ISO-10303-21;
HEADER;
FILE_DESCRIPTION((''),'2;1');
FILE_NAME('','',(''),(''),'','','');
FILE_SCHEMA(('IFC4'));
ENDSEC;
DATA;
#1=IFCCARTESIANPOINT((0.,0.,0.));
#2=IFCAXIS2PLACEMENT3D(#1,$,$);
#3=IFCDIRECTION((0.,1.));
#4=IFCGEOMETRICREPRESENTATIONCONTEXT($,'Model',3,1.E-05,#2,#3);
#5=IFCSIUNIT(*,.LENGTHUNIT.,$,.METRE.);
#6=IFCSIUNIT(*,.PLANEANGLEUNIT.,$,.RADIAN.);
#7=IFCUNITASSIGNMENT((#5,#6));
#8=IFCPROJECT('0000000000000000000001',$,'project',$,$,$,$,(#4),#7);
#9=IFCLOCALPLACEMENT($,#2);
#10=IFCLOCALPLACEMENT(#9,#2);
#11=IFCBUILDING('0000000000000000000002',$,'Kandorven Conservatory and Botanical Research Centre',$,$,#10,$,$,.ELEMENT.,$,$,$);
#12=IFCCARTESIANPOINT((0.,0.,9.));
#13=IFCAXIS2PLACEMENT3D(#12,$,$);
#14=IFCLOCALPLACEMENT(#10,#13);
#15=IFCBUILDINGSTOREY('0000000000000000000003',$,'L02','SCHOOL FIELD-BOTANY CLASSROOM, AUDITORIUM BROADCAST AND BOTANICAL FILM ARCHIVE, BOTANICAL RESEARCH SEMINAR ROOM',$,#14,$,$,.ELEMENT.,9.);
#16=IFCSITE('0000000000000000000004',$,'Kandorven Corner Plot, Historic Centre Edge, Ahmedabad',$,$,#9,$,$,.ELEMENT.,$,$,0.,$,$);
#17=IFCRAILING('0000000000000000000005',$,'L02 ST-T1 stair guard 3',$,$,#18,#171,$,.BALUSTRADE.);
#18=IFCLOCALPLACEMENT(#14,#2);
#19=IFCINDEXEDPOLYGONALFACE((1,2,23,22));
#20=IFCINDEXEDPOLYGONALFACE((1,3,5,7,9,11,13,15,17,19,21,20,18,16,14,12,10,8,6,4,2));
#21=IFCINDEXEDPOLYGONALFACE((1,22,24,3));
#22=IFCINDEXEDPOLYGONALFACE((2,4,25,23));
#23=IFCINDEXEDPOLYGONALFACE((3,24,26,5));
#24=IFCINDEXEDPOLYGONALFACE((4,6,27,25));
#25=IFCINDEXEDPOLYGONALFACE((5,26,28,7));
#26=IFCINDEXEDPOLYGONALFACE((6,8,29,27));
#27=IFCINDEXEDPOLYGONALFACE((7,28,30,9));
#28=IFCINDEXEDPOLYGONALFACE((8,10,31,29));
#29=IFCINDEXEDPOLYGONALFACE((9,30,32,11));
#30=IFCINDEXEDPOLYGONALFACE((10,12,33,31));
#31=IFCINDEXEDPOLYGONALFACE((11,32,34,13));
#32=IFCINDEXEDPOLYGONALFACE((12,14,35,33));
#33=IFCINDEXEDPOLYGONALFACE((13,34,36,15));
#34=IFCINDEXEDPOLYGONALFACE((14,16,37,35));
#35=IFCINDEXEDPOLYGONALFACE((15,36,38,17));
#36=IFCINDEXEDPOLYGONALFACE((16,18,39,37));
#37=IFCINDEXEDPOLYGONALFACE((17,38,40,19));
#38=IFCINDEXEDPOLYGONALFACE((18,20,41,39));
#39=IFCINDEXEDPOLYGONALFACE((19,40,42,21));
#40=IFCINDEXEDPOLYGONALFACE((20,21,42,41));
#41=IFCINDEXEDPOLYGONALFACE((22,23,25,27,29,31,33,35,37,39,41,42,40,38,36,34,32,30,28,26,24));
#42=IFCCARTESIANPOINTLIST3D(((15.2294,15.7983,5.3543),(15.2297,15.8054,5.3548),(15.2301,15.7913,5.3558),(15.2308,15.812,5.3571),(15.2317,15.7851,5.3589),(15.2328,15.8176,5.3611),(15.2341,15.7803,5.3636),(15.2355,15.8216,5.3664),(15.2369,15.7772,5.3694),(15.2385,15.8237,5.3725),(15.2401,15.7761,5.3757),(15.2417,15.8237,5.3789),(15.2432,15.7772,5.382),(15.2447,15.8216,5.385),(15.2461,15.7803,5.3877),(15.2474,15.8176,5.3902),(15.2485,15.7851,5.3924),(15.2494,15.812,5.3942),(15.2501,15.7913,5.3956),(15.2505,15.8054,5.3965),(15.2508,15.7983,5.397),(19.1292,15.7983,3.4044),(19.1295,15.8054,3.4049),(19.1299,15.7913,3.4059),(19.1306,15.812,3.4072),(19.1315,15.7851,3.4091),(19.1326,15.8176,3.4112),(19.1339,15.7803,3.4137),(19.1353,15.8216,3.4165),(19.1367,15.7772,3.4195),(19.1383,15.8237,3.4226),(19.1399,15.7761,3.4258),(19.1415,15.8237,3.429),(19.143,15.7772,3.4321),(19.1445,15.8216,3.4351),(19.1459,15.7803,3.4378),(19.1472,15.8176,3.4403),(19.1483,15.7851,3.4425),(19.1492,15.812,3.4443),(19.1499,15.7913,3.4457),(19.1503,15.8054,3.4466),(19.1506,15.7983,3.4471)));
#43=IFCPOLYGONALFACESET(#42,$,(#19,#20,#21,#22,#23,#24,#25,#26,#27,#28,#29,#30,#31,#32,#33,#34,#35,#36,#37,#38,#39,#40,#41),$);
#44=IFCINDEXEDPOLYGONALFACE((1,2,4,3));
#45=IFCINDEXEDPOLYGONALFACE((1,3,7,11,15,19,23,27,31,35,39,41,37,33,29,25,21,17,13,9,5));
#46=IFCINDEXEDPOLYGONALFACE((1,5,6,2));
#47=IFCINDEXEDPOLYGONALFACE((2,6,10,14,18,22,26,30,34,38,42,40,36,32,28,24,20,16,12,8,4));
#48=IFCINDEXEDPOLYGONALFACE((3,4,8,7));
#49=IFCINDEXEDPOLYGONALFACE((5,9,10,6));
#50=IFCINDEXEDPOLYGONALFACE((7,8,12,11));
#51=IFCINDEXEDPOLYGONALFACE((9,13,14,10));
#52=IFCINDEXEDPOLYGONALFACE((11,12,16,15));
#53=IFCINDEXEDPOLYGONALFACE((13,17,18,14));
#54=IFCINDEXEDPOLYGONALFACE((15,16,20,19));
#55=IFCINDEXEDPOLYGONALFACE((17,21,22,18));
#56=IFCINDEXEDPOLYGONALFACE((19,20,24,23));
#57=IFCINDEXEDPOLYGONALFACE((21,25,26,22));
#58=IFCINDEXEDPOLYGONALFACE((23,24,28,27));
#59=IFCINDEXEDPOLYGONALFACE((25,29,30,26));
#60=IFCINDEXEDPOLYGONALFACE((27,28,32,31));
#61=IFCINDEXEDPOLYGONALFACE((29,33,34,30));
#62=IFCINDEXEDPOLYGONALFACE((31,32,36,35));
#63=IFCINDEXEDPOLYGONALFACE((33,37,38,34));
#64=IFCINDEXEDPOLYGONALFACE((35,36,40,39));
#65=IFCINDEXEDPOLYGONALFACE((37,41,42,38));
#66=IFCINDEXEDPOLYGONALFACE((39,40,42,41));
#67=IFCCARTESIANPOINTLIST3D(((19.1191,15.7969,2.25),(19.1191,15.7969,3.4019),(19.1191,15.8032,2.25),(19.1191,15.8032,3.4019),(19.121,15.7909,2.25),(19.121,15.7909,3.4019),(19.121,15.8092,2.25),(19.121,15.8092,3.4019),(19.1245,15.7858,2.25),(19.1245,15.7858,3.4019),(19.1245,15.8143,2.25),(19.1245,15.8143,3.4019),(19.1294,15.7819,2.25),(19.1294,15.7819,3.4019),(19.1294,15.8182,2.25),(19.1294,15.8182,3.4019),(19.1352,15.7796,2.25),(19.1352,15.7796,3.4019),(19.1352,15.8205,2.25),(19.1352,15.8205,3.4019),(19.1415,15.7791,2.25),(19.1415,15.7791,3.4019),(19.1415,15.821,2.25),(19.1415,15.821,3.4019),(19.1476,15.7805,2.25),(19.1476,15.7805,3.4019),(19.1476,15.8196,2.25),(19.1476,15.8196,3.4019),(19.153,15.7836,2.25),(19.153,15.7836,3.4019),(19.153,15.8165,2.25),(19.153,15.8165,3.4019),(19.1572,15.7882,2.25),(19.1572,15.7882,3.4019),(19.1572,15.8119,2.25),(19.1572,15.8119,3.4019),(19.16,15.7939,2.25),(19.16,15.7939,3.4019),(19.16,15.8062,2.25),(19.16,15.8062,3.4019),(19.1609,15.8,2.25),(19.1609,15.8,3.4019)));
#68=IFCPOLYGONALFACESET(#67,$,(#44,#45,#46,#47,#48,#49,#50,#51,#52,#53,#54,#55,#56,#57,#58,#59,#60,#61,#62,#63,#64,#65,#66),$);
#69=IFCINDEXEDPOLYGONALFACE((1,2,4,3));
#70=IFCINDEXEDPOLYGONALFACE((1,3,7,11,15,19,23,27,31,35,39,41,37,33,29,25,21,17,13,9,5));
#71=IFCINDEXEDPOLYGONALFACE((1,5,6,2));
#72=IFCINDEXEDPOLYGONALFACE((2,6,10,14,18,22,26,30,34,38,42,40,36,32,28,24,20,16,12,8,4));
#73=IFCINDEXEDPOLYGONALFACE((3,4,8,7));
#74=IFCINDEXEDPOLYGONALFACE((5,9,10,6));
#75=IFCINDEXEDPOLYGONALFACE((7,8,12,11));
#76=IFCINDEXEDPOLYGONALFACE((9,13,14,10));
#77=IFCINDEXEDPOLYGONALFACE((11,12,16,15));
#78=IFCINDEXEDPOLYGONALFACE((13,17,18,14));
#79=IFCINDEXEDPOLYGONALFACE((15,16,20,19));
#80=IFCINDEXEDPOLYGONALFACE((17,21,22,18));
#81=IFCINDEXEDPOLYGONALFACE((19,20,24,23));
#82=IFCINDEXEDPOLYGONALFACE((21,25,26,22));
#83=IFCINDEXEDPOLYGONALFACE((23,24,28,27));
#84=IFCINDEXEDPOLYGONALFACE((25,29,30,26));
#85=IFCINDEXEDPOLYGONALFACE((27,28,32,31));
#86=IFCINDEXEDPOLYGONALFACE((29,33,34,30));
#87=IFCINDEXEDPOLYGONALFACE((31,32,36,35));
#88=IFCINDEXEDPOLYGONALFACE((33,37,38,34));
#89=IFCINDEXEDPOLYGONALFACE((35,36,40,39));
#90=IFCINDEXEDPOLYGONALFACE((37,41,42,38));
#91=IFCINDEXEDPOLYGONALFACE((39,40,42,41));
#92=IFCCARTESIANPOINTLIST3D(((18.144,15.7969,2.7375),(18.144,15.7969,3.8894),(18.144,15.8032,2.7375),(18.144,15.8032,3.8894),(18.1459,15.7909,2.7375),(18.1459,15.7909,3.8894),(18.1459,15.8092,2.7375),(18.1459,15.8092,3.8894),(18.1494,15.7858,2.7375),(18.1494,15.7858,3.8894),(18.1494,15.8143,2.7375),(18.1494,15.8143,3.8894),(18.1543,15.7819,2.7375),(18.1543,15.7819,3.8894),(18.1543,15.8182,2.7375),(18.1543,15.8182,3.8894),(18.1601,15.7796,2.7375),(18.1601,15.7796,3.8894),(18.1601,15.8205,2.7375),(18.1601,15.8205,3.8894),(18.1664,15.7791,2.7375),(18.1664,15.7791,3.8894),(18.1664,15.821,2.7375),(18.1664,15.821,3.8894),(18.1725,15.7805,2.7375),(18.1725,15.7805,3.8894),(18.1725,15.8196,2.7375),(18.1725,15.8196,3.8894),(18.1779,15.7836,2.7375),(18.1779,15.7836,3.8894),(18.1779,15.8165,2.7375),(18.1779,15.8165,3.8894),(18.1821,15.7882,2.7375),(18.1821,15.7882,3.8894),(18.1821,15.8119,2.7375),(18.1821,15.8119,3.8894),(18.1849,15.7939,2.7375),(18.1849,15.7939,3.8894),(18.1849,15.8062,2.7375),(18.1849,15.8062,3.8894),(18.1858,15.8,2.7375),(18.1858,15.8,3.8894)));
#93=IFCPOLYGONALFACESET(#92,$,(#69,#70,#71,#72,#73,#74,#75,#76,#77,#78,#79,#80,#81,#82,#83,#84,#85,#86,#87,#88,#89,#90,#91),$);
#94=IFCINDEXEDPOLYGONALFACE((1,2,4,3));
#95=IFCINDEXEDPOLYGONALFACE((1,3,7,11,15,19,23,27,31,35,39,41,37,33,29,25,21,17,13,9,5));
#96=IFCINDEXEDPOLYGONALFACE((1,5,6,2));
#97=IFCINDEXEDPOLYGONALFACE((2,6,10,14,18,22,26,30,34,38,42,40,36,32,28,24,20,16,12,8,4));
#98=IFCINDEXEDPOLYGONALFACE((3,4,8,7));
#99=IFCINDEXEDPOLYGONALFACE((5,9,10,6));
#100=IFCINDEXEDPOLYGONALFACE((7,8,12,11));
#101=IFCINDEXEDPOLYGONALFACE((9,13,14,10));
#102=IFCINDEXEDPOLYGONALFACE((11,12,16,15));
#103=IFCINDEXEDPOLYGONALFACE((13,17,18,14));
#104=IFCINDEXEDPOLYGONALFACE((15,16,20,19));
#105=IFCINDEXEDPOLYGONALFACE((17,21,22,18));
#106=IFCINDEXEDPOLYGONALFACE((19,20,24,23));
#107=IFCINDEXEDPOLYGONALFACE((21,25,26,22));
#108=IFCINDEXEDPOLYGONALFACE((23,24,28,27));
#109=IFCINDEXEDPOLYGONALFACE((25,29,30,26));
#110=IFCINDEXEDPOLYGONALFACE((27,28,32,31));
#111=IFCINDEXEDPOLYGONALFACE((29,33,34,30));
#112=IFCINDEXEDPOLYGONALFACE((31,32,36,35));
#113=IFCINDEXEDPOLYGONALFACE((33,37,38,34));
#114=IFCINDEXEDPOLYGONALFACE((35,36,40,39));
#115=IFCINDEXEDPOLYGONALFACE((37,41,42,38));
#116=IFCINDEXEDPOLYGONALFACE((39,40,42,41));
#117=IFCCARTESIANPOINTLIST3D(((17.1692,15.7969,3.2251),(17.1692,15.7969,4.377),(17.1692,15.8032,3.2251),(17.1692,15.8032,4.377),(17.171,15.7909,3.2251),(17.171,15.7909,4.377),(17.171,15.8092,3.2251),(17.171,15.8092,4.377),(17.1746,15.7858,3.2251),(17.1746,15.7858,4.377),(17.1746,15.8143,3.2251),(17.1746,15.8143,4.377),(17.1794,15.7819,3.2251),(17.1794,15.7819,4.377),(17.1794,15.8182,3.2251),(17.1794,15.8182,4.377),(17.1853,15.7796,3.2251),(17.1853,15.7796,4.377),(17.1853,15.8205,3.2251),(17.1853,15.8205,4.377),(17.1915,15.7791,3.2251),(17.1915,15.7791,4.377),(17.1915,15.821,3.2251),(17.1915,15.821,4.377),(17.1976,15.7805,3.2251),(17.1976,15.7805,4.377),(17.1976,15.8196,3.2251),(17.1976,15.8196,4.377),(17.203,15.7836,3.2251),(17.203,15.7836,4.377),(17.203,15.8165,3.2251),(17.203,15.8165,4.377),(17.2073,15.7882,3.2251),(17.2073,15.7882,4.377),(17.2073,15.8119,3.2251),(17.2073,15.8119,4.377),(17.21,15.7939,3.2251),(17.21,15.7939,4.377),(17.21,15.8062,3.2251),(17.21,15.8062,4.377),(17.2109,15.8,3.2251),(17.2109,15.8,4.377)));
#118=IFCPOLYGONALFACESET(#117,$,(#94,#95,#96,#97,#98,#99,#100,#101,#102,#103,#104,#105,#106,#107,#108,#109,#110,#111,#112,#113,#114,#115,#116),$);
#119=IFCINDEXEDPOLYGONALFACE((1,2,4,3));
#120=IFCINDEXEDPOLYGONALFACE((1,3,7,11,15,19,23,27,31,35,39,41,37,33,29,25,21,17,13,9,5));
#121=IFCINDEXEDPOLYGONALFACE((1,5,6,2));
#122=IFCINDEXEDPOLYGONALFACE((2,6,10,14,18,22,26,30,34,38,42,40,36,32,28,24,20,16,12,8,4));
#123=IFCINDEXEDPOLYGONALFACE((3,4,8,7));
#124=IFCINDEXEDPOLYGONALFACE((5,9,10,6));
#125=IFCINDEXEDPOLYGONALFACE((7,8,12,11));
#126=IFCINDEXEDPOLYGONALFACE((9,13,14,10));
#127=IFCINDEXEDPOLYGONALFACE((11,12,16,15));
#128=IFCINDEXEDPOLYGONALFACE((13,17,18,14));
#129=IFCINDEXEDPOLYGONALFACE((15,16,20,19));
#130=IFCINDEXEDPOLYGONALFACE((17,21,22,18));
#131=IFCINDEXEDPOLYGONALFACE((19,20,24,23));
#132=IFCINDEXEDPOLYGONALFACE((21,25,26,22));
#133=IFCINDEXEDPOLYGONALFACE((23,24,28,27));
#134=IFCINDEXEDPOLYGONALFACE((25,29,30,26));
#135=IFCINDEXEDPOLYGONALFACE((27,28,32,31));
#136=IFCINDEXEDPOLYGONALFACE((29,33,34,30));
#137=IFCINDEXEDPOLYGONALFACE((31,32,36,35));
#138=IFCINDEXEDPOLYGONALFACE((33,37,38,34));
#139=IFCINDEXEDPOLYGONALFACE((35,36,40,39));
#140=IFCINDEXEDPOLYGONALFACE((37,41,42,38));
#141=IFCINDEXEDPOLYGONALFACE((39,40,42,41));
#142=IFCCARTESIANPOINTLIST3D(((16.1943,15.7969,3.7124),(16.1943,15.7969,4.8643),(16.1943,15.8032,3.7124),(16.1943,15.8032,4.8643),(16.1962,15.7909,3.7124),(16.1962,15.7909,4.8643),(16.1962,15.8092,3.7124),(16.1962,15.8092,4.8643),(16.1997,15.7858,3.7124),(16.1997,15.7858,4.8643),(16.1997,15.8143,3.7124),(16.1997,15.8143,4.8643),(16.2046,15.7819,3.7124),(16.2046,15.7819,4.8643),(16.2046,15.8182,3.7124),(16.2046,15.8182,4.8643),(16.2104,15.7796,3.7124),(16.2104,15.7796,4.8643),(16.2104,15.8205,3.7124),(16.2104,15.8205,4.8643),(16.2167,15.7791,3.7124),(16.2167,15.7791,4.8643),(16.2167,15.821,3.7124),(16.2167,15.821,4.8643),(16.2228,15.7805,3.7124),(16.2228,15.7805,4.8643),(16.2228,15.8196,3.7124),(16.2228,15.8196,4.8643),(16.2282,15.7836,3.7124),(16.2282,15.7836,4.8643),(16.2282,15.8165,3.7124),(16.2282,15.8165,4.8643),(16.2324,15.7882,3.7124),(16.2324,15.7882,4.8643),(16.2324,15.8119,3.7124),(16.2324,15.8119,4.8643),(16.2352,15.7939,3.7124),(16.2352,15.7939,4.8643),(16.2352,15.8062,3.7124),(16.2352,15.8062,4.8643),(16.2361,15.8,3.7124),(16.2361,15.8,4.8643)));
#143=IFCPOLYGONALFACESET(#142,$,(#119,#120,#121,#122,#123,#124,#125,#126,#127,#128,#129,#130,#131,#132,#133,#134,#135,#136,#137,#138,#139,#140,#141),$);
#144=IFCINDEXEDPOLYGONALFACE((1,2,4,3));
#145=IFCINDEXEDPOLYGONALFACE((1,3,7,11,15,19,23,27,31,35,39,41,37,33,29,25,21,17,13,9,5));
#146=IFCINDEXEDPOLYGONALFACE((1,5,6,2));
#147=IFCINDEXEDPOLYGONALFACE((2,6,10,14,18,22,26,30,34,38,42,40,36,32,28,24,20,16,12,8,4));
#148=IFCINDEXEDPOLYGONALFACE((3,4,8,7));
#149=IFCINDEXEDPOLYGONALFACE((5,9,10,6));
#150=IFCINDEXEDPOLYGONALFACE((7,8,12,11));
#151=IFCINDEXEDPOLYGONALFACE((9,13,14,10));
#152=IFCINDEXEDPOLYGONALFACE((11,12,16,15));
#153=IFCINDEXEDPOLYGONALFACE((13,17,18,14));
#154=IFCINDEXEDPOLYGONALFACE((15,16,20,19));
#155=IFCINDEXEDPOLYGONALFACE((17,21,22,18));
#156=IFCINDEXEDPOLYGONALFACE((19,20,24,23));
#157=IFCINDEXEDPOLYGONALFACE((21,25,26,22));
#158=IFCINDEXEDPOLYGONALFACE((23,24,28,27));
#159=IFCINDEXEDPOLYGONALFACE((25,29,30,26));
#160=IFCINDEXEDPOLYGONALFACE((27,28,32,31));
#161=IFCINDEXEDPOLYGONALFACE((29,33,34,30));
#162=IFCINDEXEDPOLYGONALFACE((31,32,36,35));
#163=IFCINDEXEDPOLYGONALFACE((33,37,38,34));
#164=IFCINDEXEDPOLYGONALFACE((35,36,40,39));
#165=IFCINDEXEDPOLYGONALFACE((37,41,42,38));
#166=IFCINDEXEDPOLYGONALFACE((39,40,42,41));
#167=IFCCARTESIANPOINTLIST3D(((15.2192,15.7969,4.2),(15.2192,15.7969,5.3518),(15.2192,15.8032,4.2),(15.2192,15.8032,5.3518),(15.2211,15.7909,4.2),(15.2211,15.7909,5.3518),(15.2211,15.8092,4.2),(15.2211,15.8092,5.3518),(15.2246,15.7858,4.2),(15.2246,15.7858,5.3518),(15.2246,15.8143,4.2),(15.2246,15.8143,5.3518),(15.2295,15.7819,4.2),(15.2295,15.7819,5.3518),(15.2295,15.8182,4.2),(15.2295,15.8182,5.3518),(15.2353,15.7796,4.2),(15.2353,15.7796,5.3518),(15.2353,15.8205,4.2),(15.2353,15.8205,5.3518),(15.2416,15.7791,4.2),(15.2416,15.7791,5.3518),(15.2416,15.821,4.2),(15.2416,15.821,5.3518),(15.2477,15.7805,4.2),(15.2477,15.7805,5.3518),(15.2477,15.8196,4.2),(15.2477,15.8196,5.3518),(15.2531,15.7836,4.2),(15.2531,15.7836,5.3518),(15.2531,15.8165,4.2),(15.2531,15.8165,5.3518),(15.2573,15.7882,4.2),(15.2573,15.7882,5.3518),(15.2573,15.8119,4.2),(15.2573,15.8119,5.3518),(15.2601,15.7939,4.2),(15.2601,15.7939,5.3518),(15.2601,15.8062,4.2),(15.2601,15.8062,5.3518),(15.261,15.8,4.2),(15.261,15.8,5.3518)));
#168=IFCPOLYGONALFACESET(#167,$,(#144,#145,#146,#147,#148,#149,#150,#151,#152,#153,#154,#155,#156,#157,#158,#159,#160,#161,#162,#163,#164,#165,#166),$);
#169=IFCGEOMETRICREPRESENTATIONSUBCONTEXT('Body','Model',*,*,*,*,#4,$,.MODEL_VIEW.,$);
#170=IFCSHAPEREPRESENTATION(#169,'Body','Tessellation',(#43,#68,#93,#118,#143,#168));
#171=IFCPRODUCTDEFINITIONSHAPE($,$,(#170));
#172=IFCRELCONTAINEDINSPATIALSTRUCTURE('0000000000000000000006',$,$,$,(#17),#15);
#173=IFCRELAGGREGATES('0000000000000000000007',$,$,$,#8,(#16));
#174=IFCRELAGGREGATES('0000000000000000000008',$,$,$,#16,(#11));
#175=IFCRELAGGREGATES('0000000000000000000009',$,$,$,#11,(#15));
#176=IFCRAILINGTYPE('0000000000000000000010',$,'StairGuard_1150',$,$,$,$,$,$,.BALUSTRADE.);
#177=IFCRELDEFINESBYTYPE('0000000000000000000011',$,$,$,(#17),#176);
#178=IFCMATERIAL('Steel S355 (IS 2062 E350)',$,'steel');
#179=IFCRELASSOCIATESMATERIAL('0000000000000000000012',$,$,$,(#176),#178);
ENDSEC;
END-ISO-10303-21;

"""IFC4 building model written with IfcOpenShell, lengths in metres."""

from ifc_helpers import new_model, si_unit, direction, frame, origin, origin_2d, place, context, subcontext, project, spatial, circle, extrude, material, type_object, element, save


model = new_model("IFC4")

# Units and contexts
model_context = context("Model", 3, precision=1e-05, world=origin(), true_north=direction((0.0, 1.0)))
body_context = subcontext(model_context, "Body", "Model", "MODEL_VIEW")
ifc_project = project(units=[si_unit("LENGTHUNIT", "METRE"), si_unit("PLANEANGLEUNIT", "RADIAN")], contexts=[model_context])

# Site, building, storey
site_placement = place(None, origin())
site = spatial("IfcSite", under=ifc_project, at=site_placement, Name="Kandorven Corner Plot, Historic Centre Edge, Ahmedabad", CompositionType="ELEMENT", RefElevation=0.0)
building_placement = place(site_placement, origin())
building = spatial("IfcBuilding", under=site, at=building_placement, Name="Kandorven Conservatory and Botanical Research Centre", CompositionType="ELEMENT")
storey_placement = place(building_placement, frame((0.0, 0.0, 9.0)))
storey = spatial("IfcBuildingStorey", under=building, at=storey_placement, Name="L02", Description="SCHOOL FIELD-BOTANY CLASSROOM, AUDITORIUM BROADCAST AND BOTANICAL FILM ARCHIVE, BOTANICAL RESEARCH SEMINAR ROOM", CompositionType="ELEMENT", Elevation=9.0)

# Railing
ifc_material_1 = material(Name="Steel S355 (IS 2062 E350)", Category="steel")
railing_type_1 = type_object("IfcRailingType", Name="StairGuard_1150", PredefinedType="BALUSTRADE", material=ifc_material_1)
railing_1_placement = place(storey_placement, frame((19.1399, 15.8, 2.25)))
element("IfcRailing", 1, at=railing_1_placement, inside=storey, type_object=railing_type_1, Name="L02 ST-T1 stair guard 3", PredefinedType="BALUSTRADE", context=body_context, shape_type="SweptSolid", body=[
    extrude(circle(Radius=0.0239, at=origin_2d()), frame((0.0, 0.0, 1.1758), z_axis=(-0.894427, 0.0, 0.447214), x_axis=(0.0, -1.0, 0.0)), (0.0, 0.0, 1.0), 4.3601),
    extrude(circle(Radius=0.021, at=origin_2d()), origin(), (0.0, 0.0, 1.0), 1.1519),
    extrude(circle(Radius=0.021, at=origin_2d()), frame((-0.9751, 0.0, 0.4875)), (0.0, 0.0, 1.0), 1.1519),
    extrude(circle(Radius=0.021, at=origin_2d()), frame((-1.95, 0.0, 0.9751)), (0.0, 0.0, 1.0), 1.1519),
    extrude(circle(Radius=0.021, at=origin_2d()), frame((-2.9248, 0.0, 1.4624)), (0.0, 0.0, 1.0), 1.1519),
    extrude(circle(Radius=0.021, at=origin_2d()), frame((-3.8999, 0.0, 1.95)), (0.0, 0.0, 1.0), 1.1519),
])

save(model, "model.ifc")
